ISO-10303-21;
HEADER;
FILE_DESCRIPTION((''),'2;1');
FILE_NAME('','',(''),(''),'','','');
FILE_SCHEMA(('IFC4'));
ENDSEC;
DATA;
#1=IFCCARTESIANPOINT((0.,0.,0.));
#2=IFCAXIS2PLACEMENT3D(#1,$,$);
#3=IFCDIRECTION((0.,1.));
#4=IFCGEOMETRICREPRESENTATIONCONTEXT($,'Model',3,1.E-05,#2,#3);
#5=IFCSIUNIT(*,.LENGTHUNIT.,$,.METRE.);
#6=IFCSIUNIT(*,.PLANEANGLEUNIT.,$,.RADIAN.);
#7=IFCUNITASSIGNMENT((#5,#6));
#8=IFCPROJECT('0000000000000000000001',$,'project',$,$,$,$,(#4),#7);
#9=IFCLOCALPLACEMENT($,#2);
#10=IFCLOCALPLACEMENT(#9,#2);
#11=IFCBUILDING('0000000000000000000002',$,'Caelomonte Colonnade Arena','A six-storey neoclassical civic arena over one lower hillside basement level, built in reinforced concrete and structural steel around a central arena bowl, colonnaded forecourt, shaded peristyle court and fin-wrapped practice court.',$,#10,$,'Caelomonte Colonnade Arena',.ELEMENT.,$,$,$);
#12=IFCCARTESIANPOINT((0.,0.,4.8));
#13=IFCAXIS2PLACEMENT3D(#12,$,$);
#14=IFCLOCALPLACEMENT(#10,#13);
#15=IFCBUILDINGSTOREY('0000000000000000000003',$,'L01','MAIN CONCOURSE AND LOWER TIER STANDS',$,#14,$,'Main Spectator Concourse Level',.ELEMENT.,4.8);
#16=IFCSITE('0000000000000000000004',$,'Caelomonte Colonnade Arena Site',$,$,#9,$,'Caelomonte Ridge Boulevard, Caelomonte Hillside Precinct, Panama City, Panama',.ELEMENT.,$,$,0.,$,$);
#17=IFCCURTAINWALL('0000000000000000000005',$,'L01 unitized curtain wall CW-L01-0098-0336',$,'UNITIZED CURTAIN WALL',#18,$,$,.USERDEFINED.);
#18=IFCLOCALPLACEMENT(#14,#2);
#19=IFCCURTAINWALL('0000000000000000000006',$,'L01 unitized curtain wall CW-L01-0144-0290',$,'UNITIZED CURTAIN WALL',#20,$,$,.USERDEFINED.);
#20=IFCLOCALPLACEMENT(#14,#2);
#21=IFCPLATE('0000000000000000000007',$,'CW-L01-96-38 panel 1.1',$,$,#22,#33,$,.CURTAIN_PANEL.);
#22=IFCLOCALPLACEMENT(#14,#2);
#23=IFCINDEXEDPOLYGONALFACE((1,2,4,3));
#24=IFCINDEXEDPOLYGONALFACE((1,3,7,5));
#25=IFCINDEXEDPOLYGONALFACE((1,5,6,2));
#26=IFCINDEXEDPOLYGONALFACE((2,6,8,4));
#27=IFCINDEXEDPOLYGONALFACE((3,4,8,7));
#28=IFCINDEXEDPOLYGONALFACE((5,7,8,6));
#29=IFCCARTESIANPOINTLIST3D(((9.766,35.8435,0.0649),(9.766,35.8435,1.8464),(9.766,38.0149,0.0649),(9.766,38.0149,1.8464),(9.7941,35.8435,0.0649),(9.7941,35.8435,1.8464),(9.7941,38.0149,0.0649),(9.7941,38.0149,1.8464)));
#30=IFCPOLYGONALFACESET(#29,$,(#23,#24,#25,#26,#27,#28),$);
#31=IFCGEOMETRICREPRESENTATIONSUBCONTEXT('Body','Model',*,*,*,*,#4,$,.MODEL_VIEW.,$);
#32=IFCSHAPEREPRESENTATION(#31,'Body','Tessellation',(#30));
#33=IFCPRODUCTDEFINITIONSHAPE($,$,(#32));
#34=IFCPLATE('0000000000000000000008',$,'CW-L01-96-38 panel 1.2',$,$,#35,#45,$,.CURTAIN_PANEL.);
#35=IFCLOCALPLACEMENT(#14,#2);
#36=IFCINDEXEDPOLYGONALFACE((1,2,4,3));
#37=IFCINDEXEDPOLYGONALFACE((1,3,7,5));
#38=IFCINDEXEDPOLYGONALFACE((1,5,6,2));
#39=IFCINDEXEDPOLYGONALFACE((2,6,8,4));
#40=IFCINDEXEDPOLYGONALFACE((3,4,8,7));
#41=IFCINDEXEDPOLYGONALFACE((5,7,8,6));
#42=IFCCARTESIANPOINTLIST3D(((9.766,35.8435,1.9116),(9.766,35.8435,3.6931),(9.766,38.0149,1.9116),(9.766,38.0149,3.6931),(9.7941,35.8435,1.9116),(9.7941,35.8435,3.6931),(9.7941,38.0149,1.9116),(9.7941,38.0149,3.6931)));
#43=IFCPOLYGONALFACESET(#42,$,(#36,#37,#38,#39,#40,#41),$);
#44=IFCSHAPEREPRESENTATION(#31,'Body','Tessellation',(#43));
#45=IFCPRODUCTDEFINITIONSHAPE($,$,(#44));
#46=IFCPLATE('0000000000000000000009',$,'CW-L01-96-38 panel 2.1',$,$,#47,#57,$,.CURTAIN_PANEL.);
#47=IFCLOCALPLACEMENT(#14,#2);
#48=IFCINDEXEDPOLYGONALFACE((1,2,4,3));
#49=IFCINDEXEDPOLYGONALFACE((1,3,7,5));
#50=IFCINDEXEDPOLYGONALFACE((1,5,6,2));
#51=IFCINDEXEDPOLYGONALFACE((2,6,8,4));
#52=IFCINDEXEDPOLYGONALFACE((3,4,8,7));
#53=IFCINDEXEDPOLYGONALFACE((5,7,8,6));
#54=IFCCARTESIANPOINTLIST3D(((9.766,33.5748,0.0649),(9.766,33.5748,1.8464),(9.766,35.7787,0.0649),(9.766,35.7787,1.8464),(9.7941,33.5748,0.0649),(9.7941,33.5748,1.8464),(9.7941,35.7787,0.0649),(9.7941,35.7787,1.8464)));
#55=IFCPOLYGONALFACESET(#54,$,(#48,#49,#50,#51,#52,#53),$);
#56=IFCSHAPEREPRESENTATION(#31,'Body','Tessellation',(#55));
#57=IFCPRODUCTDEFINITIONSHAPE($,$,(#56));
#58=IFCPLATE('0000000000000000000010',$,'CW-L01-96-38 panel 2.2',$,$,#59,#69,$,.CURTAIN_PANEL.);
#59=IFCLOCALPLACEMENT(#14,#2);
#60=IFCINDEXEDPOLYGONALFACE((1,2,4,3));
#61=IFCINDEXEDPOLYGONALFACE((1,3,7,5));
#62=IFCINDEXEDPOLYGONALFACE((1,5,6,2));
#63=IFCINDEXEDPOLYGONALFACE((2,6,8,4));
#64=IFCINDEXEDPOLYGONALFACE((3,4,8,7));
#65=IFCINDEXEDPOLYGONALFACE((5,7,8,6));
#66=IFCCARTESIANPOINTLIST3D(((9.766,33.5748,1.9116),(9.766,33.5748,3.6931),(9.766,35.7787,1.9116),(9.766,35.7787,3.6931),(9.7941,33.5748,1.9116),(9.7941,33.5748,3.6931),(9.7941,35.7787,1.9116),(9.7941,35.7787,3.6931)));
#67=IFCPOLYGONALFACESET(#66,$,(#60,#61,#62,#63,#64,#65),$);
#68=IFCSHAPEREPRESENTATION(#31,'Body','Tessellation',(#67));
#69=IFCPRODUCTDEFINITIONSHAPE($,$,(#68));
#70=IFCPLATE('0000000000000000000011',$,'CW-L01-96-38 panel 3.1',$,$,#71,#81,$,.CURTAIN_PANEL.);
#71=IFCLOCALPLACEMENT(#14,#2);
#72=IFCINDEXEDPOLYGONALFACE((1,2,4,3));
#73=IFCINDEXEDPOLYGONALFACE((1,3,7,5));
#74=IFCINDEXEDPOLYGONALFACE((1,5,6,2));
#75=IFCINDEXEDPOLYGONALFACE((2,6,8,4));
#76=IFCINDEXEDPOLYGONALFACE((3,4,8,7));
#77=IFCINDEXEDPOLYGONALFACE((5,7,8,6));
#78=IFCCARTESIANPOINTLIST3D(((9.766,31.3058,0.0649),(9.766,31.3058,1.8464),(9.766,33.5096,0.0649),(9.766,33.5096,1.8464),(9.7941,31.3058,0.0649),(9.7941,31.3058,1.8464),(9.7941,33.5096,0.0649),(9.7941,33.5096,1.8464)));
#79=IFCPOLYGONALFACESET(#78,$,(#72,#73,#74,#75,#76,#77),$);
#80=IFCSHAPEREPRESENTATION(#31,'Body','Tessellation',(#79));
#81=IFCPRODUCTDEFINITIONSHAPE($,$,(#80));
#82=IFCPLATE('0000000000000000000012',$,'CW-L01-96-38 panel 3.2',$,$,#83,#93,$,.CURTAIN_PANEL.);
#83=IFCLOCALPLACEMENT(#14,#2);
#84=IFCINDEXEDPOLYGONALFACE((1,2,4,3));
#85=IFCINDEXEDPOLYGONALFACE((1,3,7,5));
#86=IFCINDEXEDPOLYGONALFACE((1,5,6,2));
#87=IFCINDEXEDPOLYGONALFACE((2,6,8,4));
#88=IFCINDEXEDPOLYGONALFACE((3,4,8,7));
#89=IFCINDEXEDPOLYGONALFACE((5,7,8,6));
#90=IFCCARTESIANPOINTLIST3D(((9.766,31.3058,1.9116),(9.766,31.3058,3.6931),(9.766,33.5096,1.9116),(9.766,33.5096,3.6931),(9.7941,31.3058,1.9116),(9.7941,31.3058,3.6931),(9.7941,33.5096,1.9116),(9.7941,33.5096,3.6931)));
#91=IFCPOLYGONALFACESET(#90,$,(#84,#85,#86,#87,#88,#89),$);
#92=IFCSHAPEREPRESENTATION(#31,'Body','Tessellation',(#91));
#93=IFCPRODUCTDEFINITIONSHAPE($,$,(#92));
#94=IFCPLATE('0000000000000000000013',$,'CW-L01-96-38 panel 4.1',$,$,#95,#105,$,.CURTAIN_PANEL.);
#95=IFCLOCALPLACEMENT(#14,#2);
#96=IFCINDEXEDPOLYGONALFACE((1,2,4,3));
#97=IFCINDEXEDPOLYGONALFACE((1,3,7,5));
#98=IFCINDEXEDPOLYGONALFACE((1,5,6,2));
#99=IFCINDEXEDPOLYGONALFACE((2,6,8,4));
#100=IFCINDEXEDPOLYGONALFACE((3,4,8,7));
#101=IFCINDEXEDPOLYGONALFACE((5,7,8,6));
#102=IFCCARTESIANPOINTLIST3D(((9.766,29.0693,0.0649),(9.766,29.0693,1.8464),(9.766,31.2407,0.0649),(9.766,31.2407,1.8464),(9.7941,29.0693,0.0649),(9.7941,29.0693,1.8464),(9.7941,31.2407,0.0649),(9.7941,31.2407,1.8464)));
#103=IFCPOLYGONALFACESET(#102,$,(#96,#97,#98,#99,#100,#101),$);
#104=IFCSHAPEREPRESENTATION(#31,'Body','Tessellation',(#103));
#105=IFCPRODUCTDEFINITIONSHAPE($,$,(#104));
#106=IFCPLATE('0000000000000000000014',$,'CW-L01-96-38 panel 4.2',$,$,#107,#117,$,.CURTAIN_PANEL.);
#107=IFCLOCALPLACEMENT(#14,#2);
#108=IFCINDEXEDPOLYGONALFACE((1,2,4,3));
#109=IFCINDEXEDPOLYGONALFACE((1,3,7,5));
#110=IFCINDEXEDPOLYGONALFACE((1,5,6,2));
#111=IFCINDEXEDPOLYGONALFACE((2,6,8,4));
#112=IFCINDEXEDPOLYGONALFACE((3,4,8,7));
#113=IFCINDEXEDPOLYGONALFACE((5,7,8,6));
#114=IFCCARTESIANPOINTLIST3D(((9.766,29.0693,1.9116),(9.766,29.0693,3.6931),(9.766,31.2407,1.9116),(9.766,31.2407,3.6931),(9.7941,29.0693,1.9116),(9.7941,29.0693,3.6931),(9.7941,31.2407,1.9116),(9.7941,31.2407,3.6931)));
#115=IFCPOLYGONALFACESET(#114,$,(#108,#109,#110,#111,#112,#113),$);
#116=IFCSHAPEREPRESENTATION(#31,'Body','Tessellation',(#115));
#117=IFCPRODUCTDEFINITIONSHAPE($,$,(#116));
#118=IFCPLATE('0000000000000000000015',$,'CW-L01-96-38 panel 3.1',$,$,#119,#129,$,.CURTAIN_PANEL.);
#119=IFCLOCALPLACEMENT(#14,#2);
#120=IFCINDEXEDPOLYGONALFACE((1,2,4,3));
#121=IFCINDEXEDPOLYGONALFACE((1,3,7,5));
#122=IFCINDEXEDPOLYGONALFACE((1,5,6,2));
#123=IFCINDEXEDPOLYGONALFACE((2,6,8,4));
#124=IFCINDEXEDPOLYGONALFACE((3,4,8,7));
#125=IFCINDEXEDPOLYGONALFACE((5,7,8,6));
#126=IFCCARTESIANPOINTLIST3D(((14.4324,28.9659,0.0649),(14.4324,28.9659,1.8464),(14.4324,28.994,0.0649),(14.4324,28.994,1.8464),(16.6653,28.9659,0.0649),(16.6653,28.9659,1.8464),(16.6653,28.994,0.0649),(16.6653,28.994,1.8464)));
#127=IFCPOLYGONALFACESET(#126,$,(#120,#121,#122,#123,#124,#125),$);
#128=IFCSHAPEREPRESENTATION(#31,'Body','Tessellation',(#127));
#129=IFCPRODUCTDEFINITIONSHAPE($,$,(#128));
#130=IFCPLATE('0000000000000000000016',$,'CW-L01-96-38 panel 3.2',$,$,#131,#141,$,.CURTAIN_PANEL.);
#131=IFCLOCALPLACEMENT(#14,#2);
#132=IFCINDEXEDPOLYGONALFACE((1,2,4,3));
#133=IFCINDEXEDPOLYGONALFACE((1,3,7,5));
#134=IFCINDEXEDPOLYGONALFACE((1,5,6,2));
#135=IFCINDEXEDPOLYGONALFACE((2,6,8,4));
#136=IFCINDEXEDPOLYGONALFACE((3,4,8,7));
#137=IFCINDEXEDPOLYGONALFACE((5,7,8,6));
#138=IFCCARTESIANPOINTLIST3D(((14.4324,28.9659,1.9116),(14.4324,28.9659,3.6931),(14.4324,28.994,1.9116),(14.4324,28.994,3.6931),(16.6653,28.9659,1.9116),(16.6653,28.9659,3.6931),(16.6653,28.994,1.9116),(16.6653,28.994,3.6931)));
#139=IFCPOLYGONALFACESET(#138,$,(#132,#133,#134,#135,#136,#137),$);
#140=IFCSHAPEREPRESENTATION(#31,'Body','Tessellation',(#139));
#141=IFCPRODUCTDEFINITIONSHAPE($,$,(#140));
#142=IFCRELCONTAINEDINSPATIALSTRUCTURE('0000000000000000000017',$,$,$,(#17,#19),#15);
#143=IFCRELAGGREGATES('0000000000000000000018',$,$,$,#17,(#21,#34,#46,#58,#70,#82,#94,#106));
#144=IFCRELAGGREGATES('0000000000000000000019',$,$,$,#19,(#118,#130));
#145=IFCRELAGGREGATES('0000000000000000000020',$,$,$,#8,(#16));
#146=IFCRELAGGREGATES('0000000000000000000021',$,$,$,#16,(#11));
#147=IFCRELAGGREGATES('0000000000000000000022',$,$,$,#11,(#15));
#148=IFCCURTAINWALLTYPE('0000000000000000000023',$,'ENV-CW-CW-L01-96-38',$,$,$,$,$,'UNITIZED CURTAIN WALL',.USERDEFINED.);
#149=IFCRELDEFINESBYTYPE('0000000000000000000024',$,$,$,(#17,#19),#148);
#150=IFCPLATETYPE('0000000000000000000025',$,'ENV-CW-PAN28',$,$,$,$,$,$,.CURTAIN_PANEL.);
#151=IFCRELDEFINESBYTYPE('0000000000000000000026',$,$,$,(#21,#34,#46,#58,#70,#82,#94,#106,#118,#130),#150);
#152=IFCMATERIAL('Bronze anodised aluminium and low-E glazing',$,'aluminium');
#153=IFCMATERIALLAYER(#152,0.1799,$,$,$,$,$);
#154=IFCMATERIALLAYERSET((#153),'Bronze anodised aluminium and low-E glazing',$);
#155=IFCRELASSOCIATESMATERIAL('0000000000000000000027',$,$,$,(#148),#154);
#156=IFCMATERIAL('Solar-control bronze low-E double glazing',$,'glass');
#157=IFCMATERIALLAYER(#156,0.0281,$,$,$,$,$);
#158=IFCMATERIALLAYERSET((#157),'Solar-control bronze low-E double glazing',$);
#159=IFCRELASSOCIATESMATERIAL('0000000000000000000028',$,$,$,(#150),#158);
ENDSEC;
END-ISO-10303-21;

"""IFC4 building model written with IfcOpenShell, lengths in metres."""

from ifc_helpers import new_model, si_unit, direction, frame, origin, origin_2d, place, context, subcontext, project, spatial, rectangle, extrude, material, layer, layer_set, type_object, element, aggregate, save


model = new_model("IFC4")

# Units and contexts
model_context = context("Model", 3, precision=1e-05, world=origin(), true_north=direction((0.0, 1.0)))
body_context = subcontext(model_context, "Body", "Model", "MODEL_VIEW")
ifc_project = project(units=[si_unit("LENGTHUNIT", "METRE"), si_unit("PLANEANGLEUNIT", "RADIAN")], contexts=[model_context])

# Site, building, storey
site_placement = place(None, origin())
site = spatial("IfcSite", under=ifc_project, at=site_placement, Name="Caelomonte Colonnade Arena Site", LongName="Caelomonte Ridge Boulevard, Caelomonte Hillside Precinct, Panama City, Panama", CompositionType="ELEMENT", RefElevation=0.0)
building_placement = place(site_placement, origin())
building = spatial("IfcBuilding", under=site, at=building_placement, Name="Caelomonte Colonnade Arena", Description="A six-storey neoclassical civic arena over one lower hillside basement level, built in reinforced concrete and structural steel around a central arena bowl, colonnaded forecourt, shaded peristyle court and fin-wrapped practice court.", LongName="Caelomonte Colonnade Arena", CompositionType="ELEMENT")
storey_placement = place(building_placement, frame((0.0, 0.0, 4.8)))
storey = spatial("IfcBuildingStorey", under=building, at=storey_placement, Name="L01", Description="MAIN CONCOURSE AND LOWER TIER STANDS", LongName="Main Spectator Concourse Level", CompositionType="ELEMENT", Elevation=4.8)

# Curtain wall
ifc_material_1 = material(Name="Bronze anodised aluminium and low-E glazing", Category="aluminium")
ifc_layer_1 = layer(ifc_material_1, 0.1799)
ifc_layer_set_1 = layer_set([ifc_layer_1], Name="Bronze anodised aluminium and low-E glazing")
curtain_wall_type = type_object("IfcCurtainWallType", Name="ENV-CW-CW-L01-96-38", ElementType="UNITIZED CURTAIN WALL", PredefinedType="USERDEFINED", material=ifc_layer_set_1)
curtain_wall_1_placement = place(storey_placement, origin())
curtain_wall_1 = element("IfcCurtainWall", 1, at=curtain_wall_1_placement, inside=storey, type_object=curtain_wall_type, Name="L01 unitized curtain wall CW-L01-0098-0336", ObjectType="UNITIZED CURTAIN WALL", PredefinedType="USERDEFINED")

# Curtain wall
curtain_wall_2_placement = place(storey_placement, origin())
curtain_wall_2 = element("IfcCurtainWall", 2, at=curtain_wall_2_placement, inside=storey, type_object=curtain_wall_type, Name="L01 unitized curtain wall CW-L01-0144-0290", ObjectType="UNITIZED CURTAIN WALL", PredefinedType="USERDEFINED")

# Plates
ifc_material_2 = material(Name="Solar-control bronze low-E double glazing", Category="glass")
ifc_layer_2 = layer(ifc_material_2, 0.0281)
ifc_layer_set_2 = layer_set([ifc_layer_2], Name="Solar-control bronze low-E double glazing")
plate_type = type_object("IfcPlateType", Name="ENV-CW-PAN28", PredefinedType="CURTAIN_PANEL", material=ifc_layer_set_2)
plate_1_placement = place(storey_placement, frame((9.78, 36.9292, 0.0649), z_axis=(0.0, 0.0, 1.0), x_axis=(0.0, -1.0, 0.0)))
plate_1 = element("IfcPlate", 3, at=plate_1_placement, type_object=plate_type, Name="CW-L01-96-38 panel 1.1", PredefinedType="CURTAIN_PANEL", context=body_context, shape_type="SweptSolid", body=[
    extrude(rectangle(XDim=2.1714, YDim=0.0281, at=origin_2d()), origin(), (0.0, 0.0, 1.0), 1.7815),
])
plate_2_placement = place(storey_placement, frame((9.78, 36.9292, 1.9116), z_axis=(0.0, 0.0, 1.0), x_axis=(0.0, -1.0, 0.0)))
plate_2 = element("IfcPlate", 4, at=plate_2_placement, type_object=plate_type, Name="CW-L01-96-38 panel 1.2", PredefinedType="CURTAIN_PANEL", context=body_context, shape_type="SweptSolid", body=[
    extrude(rectangle(XDim=2.1714, YDim=0.0281, at=origin_2d()), origin(), (0.0, 0.0, 1.0), 1.7815),
])
plate_3_placement = place(storey_placement, frame((9.78, 34.6768, 0.0649), z_axis=(0.0, 0.0, 1.0), x_axis=(0.0, -1.0, 0.0)))
plate_3 = element("IfcPlate", 5, at=plate_3_placement, type_object=plate_type, Name="CW-L01-96-38 panel 2.1", PredefinedType="CURTAIN_PANEL", context=body_context, shape_type="SweptSolid", body=[
    extrude(rectangle(XDim=2.2039, YDim=0.0281, at=origin_2d()), origin(), (0.0, 0.0, 1.0), 1.7815),
])
plate_4_placement = place(storey_placement, frame((9.78, 34.6768, 1.9116), z_axis=(0.0, 0.0, 1.0), x_axis=(0.0, -1.0, 0.0)))
plate_4 = element("IfcPlate", 6, at=plate_4_placement, type_object=plate_type, Name="CW-L01-96-38 panel 2.2", PredefinedType="CURTAIN_PANEL", context=body_context, shape_type="SweptSolid", body=[
    extrude(rectangle(XDim=2.2039, YDim=0.0281, at=origin_2d()), origin(), (0.0, 0.0, 1.0), 1.7815),
])
plate_5_placement = place(storey_placement, frame((9.78, 32.4077, 0.0649), z_axis=(0.0, 0.0, 1.0), x_axis=(0.0, -1.0, 0.0)))
plate_5 = element("IfcPlate", 7, at=plate_5_placement, type_object=plate_type, Name="CW-L01-96-38 panel 3.1", PredefinedType="CURTAIN_PANEL", context=body_context, shape_type="SweptSolid", body=[
    extrude(rectangle(XDim=2.2039, YDim=0.0281, at=origin_2d()), origin(), (0.0, 0.0, 1.0), 1.7815),
])
plate_6_placement = place(storey_placement, frame((9.78, 32.4077, 1.9116), z_axis=(0.0, 0.0, 1.0), x_axis=(0.0, -1.0, 0.0)))
plate_6 = element("IfcPlate", 8, at=plate_6_placement, type_object=plate_type, Name="CW-L01-96-38 panel 3.2", PredefinedType="CURTAIN_PANEL", context=body_context, shape_type="SweptSolid", body=[
    extrude(rectangle(XDim=2.2039, YDim=0.0281, at=origin_2d()), origin(), (0.0, 0.0, 1.0), 1.7815),
])
plate_7_placement = place(storey_placement, frame((9.78, 30.155, 0.0649), z_axis=(0.0, 0.0, 1.0), x_axis=(0.0, -1.0, 0.0)))
plate_7 = element("IfcPlate", 9, at=plate_7_placement, type_object=plate_type, Name="CW-L01-96-38 panel 4.1", PredefinedType="CURTAIN_PANEL", context=body_context, shape_type="SweptSolid", body=[
    extrude(rectangle(XDim=2.1714, YDim=0.0281, at=origin_2d()), origin(), (0.0, 0.0, 1.0), 1.7815),
])
plate_8_placement = place(storey_placement, frame((9.78, 30.155, 1.9116), z_axis=(0.0, 0.0, 1.0), x_axis=(0.0, -1.0, 0.0)))
plate_8 = element("IfcPlate", 10, at=plate_8_placement, type_object=plate_type, Name="CW-L01-96-38 panel 4.2", PredefinedType="CURTAIN_PANEL", context=body_context, shape_type="SweptSolid", body=[
    extrude(rectangle(XDim=2.1714, YDim=0.0281, at=origin_2d()), origin(), (0.0, 0.0, 1.0), 1.7815),
])
aggregate(curtain_wall_1, [plate_1, plate_2, plate_3, plate_4, plate_5, plate_6, plate_7, plate_8])
plate_9_placement = place(storey_placement, frame((15.5488, 28.98, 0.0649), z_axis=(0.0, 0.0, 1.0), x_axis=(1.0, 0.0, 0.0)))
plate_9 = element("IfcPlate", 11, at=plate_9_placement, type_object=plate_type, Name="CW-L01-96-38 panel 3.1", PredefinedType="CURTAIN_PANEL", context=body_context, shape_type="SweptSolid", body=[
    extrude(rectangle(XDim=2.2329, YDim=0.0281, at=origin_2d()), origin(), (0.0, 0.0, 1.0), 1.7815),
])
plate_10_placement = place(storey_placement, frame((15.5488, 28.98, 1.9116), z_axis=(0.0, 0.0, 1.0), x_axis=(1.0, 0.0, 0.0)))
plate_10 = element("IfcPlate", 12, at=plate_10_placement, type_object=plate_type, Name="CW-L01-96-38 panel 3.2", PredefinedType="CURTAIN_PANEL", context=body_context, shape_type="SweptSolid", body=[
    extrude(rectangle(XDim=2.2329, YDim=0.0281, at=origin_2d()), origin(), (0.0, 0.0, 1.0), 1.7815),
])
aggregate(curtain_wall_2, [plate_9, plate_10])

save(model, "model.ifc")
